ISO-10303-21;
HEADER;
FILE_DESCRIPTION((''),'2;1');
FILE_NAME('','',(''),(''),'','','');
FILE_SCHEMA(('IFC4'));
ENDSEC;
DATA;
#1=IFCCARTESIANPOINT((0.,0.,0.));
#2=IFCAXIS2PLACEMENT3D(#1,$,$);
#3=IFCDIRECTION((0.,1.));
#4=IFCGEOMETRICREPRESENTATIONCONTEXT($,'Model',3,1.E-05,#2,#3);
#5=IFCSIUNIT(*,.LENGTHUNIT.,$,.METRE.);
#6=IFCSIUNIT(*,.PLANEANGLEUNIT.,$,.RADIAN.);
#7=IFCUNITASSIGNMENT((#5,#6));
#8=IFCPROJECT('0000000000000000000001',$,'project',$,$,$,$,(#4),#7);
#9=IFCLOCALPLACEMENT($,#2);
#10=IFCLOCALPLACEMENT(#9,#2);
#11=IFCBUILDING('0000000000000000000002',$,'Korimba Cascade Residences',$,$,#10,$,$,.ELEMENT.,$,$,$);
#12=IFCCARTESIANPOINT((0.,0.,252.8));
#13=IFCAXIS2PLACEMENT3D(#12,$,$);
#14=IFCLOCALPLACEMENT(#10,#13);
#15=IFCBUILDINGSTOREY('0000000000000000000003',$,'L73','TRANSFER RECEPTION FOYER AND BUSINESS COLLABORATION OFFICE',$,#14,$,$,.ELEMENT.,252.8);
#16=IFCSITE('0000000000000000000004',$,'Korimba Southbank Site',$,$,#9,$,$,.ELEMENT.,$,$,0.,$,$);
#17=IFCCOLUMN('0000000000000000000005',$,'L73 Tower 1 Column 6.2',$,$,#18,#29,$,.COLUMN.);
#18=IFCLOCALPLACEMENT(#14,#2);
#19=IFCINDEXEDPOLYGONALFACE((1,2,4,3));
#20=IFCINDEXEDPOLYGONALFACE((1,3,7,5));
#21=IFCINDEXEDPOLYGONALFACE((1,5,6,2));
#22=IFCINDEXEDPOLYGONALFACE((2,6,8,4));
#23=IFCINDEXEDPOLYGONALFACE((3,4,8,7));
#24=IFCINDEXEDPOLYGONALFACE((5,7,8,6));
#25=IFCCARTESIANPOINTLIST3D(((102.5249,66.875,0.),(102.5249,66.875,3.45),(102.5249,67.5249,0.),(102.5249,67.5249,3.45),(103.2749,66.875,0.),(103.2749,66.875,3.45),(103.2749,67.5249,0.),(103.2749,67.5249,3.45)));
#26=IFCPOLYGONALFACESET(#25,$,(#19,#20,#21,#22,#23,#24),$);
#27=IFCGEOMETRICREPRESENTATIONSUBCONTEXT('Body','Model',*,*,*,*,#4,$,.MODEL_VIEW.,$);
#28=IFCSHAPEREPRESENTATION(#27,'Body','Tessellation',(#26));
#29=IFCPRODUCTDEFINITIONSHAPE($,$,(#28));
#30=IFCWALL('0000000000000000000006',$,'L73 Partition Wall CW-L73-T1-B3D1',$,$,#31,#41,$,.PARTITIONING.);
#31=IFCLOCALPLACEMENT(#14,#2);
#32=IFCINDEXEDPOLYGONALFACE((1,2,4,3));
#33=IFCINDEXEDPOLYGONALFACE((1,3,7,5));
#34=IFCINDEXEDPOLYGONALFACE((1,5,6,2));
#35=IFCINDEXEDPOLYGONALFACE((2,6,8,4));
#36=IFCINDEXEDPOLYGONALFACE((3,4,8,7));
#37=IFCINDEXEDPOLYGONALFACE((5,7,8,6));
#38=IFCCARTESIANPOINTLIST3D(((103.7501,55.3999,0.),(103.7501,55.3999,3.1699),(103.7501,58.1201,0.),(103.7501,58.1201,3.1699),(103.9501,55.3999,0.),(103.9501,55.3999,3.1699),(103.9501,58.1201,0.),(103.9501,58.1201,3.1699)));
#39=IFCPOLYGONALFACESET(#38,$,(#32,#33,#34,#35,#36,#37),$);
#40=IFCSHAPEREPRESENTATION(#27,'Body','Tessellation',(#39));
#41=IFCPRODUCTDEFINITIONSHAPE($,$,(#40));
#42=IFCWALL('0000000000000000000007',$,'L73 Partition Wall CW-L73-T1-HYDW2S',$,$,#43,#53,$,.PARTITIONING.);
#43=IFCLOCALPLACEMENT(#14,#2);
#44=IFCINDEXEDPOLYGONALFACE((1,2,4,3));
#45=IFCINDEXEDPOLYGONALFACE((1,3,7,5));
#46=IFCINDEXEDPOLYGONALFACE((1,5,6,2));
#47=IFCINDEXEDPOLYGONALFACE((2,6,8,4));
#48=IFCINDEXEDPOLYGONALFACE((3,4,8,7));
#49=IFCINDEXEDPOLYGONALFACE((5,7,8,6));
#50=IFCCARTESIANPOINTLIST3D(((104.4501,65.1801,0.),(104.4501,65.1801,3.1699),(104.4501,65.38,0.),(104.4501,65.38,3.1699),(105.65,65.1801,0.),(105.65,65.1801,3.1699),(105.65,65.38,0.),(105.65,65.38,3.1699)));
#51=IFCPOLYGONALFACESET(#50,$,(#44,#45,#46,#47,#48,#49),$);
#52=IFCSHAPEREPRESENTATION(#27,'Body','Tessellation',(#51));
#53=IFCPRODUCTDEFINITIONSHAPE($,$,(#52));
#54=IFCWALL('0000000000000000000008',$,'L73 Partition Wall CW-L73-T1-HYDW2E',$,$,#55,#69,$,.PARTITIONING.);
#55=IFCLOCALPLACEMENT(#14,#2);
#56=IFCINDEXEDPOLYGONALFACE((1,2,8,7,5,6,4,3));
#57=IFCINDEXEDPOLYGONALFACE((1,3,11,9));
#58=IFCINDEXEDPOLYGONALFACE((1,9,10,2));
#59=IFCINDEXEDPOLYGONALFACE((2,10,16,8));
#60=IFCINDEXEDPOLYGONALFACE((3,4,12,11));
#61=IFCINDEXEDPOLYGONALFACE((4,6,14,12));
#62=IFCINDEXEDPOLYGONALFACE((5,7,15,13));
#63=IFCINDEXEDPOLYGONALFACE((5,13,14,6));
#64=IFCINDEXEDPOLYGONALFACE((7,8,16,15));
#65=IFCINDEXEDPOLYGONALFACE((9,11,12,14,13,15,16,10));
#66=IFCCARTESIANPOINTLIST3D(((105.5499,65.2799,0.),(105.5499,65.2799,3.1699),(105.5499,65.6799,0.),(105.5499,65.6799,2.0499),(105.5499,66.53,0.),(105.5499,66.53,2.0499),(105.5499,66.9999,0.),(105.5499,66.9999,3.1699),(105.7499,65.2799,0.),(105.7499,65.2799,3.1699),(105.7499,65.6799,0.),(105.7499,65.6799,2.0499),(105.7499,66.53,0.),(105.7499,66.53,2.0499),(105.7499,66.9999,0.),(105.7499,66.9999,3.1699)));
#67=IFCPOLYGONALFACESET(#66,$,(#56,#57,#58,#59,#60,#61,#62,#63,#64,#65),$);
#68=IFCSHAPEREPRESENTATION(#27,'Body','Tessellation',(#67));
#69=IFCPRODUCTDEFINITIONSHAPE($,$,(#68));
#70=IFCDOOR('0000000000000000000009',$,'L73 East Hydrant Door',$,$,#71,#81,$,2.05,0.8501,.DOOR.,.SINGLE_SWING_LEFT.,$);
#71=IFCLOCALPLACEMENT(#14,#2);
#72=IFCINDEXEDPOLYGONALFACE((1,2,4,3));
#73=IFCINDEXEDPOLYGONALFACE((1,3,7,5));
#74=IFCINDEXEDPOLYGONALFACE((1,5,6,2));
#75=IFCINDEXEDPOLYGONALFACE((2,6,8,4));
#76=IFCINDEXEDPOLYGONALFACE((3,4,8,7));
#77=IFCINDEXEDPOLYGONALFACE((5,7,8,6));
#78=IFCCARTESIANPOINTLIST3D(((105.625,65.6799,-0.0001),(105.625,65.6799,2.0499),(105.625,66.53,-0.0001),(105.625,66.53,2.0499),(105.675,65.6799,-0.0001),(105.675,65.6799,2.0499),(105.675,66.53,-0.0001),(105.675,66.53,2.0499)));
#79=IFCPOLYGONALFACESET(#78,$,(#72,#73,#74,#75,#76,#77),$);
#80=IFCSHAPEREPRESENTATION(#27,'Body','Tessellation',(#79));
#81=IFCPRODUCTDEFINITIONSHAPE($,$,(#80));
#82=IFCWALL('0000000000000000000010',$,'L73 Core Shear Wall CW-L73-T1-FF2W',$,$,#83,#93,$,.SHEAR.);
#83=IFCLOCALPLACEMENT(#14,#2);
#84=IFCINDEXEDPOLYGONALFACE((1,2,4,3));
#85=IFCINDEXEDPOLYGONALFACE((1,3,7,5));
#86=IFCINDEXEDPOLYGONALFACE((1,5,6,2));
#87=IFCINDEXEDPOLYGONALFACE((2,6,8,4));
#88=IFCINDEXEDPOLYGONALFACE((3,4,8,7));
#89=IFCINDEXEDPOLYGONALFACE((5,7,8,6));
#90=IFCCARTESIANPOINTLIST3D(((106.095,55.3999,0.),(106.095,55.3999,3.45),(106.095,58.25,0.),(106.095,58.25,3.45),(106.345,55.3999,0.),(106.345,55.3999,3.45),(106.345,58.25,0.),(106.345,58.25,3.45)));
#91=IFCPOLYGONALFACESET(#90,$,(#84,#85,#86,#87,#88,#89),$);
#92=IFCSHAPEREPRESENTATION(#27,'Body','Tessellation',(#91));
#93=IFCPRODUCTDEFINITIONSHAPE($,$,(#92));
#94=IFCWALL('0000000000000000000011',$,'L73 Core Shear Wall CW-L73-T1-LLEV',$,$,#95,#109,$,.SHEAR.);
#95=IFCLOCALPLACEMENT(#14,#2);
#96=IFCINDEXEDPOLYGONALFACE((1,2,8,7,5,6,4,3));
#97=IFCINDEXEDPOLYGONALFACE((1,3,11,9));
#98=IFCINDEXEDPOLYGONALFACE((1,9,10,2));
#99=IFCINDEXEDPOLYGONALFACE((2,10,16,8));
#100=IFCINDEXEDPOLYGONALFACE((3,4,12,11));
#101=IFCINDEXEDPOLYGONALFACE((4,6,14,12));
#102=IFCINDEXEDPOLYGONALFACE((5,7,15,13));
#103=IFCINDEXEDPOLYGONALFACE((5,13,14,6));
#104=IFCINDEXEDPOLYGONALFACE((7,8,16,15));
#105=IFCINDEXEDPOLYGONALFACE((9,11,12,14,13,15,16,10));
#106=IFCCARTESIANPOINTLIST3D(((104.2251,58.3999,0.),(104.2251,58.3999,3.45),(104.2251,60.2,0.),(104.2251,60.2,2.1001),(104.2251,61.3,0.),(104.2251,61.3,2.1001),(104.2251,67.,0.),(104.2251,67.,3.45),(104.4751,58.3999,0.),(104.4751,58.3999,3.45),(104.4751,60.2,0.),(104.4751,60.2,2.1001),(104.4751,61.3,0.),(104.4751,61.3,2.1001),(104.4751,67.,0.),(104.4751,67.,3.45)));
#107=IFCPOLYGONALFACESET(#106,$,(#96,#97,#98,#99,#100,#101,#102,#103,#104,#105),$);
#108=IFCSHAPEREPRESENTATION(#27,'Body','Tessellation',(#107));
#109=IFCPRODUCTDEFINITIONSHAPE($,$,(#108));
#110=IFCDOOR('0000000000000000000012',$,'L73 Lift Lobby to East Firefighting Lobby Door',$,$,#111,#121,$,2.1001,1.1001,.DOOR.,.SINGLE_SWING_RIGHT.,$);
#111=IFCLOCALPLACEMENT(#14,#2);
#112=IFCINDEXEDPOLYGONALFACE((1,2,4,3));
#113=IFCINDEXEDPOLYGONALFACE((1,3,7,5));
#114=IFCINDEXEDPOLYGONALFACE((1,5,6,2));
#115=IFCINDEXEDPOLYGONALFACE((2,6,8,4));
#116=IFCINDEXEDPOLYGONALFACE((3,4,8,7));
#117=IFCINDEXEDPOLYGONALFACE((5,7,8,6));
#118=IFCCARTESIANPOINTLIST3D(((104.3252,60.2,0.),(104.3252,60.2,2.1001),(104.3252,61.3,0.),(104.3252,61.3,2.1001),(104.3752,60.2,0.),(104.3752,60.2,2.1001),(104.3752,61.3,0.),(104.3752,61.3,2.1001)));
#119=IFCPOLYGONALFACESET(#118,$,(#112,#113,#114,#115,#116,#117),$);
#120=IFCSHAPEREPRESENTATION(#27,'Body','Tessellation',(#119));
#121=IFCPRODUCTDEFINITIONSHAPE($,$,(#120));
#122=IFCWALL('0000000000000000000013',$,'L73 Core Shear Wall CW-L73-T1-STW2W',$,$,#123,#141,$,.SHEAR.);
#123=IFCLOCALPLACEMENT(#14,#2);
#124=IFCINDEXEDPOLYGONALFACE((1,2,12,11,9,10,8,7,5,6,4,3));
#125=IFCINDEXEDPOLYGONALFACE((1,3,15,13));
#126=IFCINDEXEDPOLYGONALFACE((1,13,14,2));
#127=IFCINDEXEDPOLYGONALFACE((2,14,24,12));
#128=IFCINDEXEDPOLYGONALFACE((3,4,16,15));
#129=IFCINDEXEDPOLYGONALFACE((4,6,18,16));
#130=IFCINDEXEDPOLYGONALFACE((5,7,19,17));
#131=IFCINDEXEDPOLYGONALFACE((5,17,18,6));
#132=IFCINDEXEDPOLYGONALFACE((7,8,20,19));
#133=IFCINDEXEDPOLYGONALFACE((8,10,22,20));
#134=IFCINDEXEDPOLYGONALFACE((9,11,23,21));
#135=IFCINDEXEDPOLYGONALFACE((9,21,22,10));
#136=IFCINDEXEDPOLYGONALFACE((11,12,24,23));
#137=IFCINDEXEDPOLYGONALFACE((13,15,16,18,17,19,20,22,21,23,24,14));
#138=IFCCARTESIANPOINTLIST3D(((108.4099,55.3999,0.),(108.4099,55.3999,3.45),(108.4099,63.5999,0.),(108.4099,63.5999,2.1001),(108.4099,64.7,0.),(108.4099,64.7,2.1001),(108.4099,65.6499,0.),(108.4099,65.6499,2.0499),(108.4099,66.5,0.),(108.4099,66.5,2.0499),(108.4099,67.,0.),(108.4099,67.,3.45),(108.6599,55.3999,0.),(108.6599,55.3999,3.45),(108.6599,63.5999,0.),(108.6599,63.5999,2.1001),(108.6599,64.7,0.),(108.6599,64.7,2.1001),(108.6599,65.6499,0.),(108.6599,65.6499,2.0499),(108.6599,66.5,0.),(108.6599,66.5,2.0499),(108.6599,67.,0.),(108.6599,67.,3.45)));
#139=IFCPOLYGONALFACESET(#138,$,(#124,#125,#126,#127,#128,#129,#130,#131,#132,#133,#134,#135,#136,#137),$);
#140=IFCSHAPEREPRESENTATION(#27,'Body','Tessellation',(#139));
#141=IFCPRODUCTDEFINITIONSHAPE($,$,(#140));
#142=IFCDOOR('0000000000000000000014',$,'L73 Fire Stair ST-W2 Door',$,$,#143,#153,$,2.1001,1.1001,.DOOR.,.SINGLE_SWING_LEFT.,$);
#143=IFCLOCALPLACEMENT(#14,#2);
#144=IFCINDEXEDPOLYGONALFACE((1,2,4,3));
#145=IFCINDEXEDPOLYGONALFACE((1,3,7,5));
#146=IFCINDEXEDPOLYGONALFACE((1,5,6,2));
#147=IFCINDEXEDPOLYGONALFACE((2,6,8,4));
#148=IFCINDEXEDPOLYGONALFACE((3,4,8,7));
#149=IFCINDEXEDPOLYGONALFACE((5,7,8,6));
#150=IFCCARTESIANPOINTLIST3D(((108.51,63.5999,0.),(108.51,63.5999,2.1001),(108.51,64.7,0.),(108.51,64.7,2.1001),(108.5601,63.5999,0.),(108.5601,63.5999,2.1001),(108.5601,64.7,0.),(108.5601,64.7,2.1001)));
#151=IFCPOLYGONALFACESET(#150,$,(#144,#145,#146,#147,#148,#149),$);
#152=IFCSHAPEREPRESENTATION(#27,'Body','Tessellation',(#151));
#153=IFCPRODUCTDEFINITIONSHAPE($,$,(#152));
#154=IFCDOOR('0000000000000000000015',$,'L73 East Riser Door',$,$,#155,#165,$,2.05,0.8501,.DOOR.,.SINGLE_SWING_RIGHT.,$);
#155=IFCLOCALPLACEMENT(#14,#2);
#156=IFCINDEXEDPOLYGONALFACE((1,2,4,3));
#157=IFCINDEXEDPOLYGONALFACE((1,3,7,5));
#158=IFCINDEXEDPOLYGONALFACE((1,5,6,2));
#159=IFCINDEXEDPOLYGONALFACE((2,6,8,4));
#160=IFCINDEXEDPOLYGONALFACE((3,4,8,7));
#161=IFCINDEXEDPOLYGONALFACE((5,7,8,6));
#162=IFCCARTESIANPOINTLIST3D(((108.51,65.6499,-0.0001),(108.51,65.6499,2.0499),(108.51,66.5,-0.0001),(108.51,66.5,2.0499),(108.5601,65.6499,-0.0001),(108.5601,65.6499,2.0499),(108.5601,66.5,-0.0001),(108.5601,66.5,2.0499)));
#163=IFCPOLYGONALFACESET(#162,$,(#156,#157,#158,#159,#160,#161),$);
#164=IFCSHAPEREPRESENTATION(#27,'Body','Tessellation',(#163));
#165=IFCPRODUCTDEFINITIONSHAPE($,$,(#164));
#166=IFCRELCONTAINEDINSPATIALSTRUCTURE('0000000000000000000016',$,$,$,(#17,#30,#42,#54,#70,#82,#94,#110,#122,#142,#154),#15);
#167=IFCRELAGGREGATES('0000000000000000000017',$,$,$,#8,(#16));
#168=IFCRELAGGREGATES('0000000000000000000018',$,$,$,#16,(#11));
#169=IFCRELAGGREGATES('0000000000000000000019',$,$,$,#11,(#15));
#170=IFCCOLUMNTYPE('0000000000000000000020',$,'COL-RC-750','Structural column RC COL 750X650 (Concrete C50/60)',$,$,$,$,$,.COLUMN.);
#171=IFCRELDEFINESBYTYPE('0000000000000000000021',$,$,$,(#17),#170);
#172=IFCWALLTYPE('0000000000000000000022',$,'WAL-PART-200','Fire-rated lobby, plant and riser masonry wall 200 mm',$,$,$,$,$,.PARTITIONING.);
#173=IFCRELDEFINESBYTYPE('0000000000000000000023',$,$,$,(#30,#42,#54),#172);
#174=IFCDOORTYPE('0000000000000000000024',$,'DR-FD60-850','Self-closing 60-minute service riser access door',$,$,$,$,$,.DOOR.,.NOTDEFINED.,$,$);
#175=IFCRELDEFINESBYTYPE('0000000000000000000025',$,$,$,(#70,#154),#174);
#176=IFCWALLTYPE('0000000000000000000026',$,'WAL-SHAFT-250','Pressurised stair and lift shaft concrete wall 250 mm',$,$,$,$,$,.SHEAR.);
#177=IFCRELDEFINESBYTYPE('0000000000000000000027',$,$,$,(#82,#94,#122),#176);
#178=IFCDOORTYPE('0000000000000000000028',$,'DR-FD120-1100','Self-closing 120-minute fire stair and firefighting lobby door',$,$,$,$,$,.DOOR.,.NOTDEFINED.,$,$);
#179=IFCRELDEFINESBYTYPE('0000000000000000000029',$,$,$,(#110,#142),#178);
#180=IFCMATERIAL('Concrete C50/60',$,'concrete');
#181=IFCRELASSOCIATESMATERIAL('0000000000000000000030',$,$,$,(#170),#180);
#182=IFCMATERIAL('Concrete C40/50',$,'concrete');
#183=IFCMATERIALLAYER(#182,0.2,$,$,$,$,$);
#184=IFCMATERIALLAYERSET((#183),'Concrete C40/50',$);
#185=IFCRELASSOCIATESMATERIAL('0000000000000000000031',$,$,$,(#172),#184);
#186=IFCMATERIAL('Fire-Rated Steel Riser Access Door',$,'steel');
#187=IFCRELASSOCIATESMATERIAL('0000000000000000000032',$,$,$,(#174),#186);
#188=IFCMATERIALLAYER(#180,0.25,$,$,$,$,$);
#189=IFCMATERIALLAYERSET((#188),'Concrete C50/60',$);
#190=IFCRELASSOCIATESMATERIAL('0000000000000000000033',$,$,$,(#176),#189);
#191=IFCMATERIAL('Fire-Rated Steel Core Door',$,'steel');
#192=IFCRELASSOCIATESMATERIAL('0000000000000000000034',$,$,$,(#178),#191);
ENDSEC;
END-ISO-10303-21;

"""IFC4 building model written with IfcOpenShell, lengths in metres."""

from ifc_helpers import new_model, si_unit, direction, frame, frame_2d, origin, origin_2d, place, context, subcontext, project, spatial, rectangle, extrude, material, layer, layer_set, material_profile, profile_set, type_object, element, fill, save


model = new_model("IFC4")

# Units and contexts
model_context = context("Model", 3, precision=1e-05, world=origin(), true_north=direction((0.0, 1.0)))
body_context = subcontext(model_context, "Body", "Model", "MODEL_VIEW")
ifc_project = project(units=[si_unit("LENGTHUNIT", "METRE"), si_unit("PLANEANGLEUNIT", "RADIAN")], contexts=[model_context])

# Site, building, storey
site_placement = place(None, origin())
site = spatial("IfcSite", under=ifc_project, at=site_placement, Name="Korimba Southbank Site", CompositionType="ELEMENT", RefElevation=0.0)
building_placement = place(site_placement, origin())
building = spatial("IfcBuilding", under=site, at=building_placement, Name="Korimba Cascade Residences", CompositionType="ELEMENT")
storey_placement = place(building_placement, frame((0.0, 0.0, 252.8)))
storey = spatial("IfcBuildingStorey", under=building, at=storey_placement, Name="L73", Description="TRANSFER RECEPTION FOYER AND BUSINESS COLLABORATION OFFICE", CompositionType="ELEMENT", Elevation=252.8)

# Column
ifc_material_1 = material(Name="Concrete C50/60", Category="concrete")
ifc_material_profile = material_profile(ifc_material_1, rectangle(XDim=0.75, YDim=0.6499, at=origin_2d()), Name="Concrete C50/60")
ifc_profile_set = profile_set([ifc_material_profile], Name="Concrete C50/60")
column_type = type_object("IfcColumnType", Name="COL-RC-750", Description="Structural column RC COL 750X650 (Concrete C50/60)", PredefinedType="COLUMN", material=ifc_profile_set)
column_placement = place(storey_placement, frame((102.8999, 67.2, 0.0), z_axis=(0.0, 0.0, 1.0), x_axis=(1.0, 0.0, 0.0)))
element("IfcColumn", 1, at=column_placement, inside=storey, type_object=column_type, Name="L73 Tower 1 Column 6.2", PredefinedType="COLUMN", context=body_context, shape_type="SweptSolid", body=[
    extrude(rectangle(XDim=0.75, YDim=0.6499, at=origin_2d()), origin(), (0.0, 0.0, 1.0), 3.45),
])

# Walls
ifc_material_2 = material(Name="Concrete C40/50", Category="concrete")
ifc_layer_1 = layer(ifc_material_2, 0.2)
ifc_layer_set_1 = layer_set([ifc_layer_1], Name="Concrete C40/50")
wall_type_1 = type_object("IfcWallType", Name="WAL-PART-200", Description="Fire-rated lobby, plant and riser masonry wall 200 mm", PredefinedType="PARTITIONING", material=ifc_layer_set_1)
wall_1_placement = place(storey_placement, frame((103.8501, 55.3999, 0.0), z_axis=(0.0, 0.0, 1.0), x_axis=(0.0, 1.0, 0.0)))
element("IfcWall", 2, at=wall_1_placement, inside=storey, type_object=wall_type_1, Name="L73 Partition Wall CW-L73-T1-B3D1", PredefinedType="PARTITIONING", context=body_context, shape_type="SweptSolid", body=[
    extrude(rectangle(XDim=2.7202, YDim=0.2, at=frame_2d((1.3601, 0.0))), origin(), (0.0, 0.0, 1.0), 3.1699),
])
wall_2_placement = place(storey_placement, frame((104.45, 65.28, 0.0), z_axis=(0.0, 0.0, 1.0), x_axis=(1.0, 0.0, 0.0)))
element("IfcWall", 3, at=wall_2_placement, inside=storey, type_object=wall_type_1, Name="L73 Partition Wall CW-L73-T1-HYDW2S", PredefinedType="PARTITIONING", context=body_context, shape_type="SweptSolid", body=[
    extrude(rectangle(XDim=1.2, YDim=0.2, at=frame_2d((0.6001, 0.0))), origin(), (0.0, 0.0, 1.0), 3.1699),
])

# Wall, opening, door
wall_3_placement = place(storey_placement, frame((105.6499, 65.28, 0.0), z_axis=(0.0, 0.0, 1.0), x_axis=(0.0, 1.0, 0.0)))
wall_3 = element("IfcWall", 4, at=wall_3_placement, inside=storey, type_object=wall_type_1, Name="L73 Partition Wall CW-L73-T1-HYDW2E", PredefinedType="PARTITIONING", context=body_context, shape_type="SweptSolid", body=[
    extrude(rectangle(XDim=1.72, YDim=0.2, at=frame_2d((0.8599, 0.0))), origin(), (0.0, 0.0, 1.0), 3.1699),
])
opening_1_placement = place(wall_3_placement, frame((0.3999, 0.0, 0.0)))
opening_1 = element("IfcOpeningElement", 5, at=opening_1_placement, cuts=wall_3, PredefinedType="OPENING", context=body_context, shape_type="SweptSolid", body=[
    extrude(rectangle(XDim=0.8501, YDim=2.05, at=frame_2d((0.425, 1.0249))), frame((0.0, 0.1099, 0.0), z_axis=(0.0, -1.0, 0.0), x_axis=(1.0, 0.0, 0.0)), (0.0, 0.0, 1.0), 0.22),
])
ifc_material_3 = material(Name="Fire-Rated Steel Riser Access Door", Category="steel")
door_type_1 = type_object("IfcDoorType", Name="DR-FD60-850", Description="Self-closing 60-minute service riser access door", OperationType="NOTDEFINED", PredefinedType="DOOR", material=ifc_material_3)
door_1_placement = place(opening_1_placement, origin())
door_1 = element("IfcDoor", 6, at=door_1_placement, inside=storey, type_object=door_type_1, Name="L73 East Hydrant Door", OperationType="SINGLE_SWING_LEFT", OverallHeight=2.05, OverallWidth=0.8501, PredefinedType="DOOR", context=body_context, shape_type="SweptSolid", body=[
    extrude(rectangle(XDim=0.8501, YDim=2.05, at=frame_2d((0.425, 1.0249))), frame((0.0, 0.0249, 0.0), z_axis=(0.0, -1.0, 0.0), x_axis=(1.0, 0.0, 0.0)), (0.0, 0.0, 1.0), 0.05),
])
fill(opening_1, door_1)

# Wall
ifc_layer_2 = layer(ifc_material_1, 0.25)
ifc_layer_set_2 = layer_set([ifc_layer_2], Name="Concrete C50/60")
wall_type_2 = type_object("IfcWallType", Name="WAL-SHAFT-250", Description="Pressurised stair and lift shaft concrete wall 250 mm", PredefinedType="SHEAR", material=ifc_layer_set_2)
wall_4_placement = place(storey_placement, frame((106.22, 55.3999, 0.0), z_axis=(0.0, 0.0, 1.0), x_axis=(0.0, 1.0, 0.0)))
element("IfcWall", 7, at=wall_4_placement, inside=storey, type_object=wall_type_2, Name="L73 Core Shear Wall CW-L73-T1-FF2W", PredefinedType="SHEAR", context=body_context, shape_type="SweptSolid", body=[
    extrude(rectangle(XDim=2.8501, YDim=0.25, at=frame_2d((1.425, 0.0))), origin(), (0.0, 0.0, 1.0), 3.45),
])

# Wall, opening, door
wall_5_placement = place(storey_placement, frame((104.3501, 58.3999, 0.0), z_axis=(0.0, 0.0, 1.0), x_axis=(0.0, 1.0, 0.0)))
wall_5 = element("IfcWall", 8, at=wall_5_placement, inside=storey, type_object=wall_type_2, Name="L73 Core Shear Wall CW-L73-T1-LLEV", PredefinedType="SHEAR", context=body_context, shape_type="SweptSolid", body=[
    extrude(rectangle(XDim=8.6001, YDim=0.25, at=frame_2d((4.3, 0.0))), origin(), (0.0, 0.0, 1.0), 3.45),
])
opening_2_placement = place(wall_5_placement, frame((1.8, 0.0, 0.0)))
opening_2 = element("IfcOpeningElement", 9, at=opening_2_placement, cuts=wall_5, PredefinedType="OPENING", context=body_context, shape_type="SweptSolid", body=[
    extrude(rectangle(XDim=1.1001, YDim=2.1001, at=frame_2d((0.55, 1.05))), frame((0.0, 0.135, 0.0), z_axis=(0.0, -1.0, 0.0), x_axis=(1.0, 0.0, 0.0)), (0.0, 0.0, 1.0), 0.27),
])
ifc_material_4 = material(Name="Fire-Rated Steel Core Door", Category="steel")
door_type_2 = type_object("IfcDoorType", Name="DR-FD120-1100", Description="Self-closing 120-minute fire stair and firefighting lobby door", OperationType="NOTDEFINED", PredefinedType="DOOR", material=ifc_material_4)
door_2_placement = place(opening_2_placement, origin())
door_2 = element("IfcDoor", 10, at=door_2_placement, inside=storey, type_object=door_type_2, Name="L73 Lift Lobby to East Firefighting Lobby Door", OperationType="SINGLE_SWING_RIGHT", OverallHeight=2.1001, OverallWidth=1.1001, PredefinedType="DOOR", context=body_context, shape_type="SweptSolid", body=[
    extrude(rectangle(XDim=1.1001, YDim=2.1001, at=frame_2d((0.55, 1.05))), frame((0.0, 0.0249, 0.0), z_axis=(0.0, -1.0, 0.0), x_axis=(1.0, 0.0, 0.0)), (0.0, 0.0, 1.0), 0.05),
])
fill(opening_2, door_2)

# Wall, openings, doors
wall_6_placement = place(storey_placement, frame((108.5349, 55.3999, 0.0), z_axis=(0.0, 0.0, 1.0), x_axis=(0.0, 1.0, 0.0)))
wall_6 = element("IfcWall", 11, at=wall_6_placement, inside=storey, type_object=wall_type_2, Name="L73 Core Shear Wall CW-L73-T1-STW2W", PredefinedType="SHEAR", context=body_context, shape_type="SweptSolid", body=[
    extrude(rectangle(XDim=11.6001, YDim=0.25, at=frame_2d((5.8, 0.0))), origin(), (0.0, 0.0, 1.0), 3.45),
])
opening_3_placement = place(wall_6_placement, frame((8.2, 0.0, 0.0)))
opening_3 = element("IfcOpeningElement", 12, at=opening_3_placement, cuts=wall_6, PredefinedType="OPENING", context=body_context, shape_type="SweptSolid", body=[
    extrude(rectangle(XDim=1.1001, YDim=2.1001, at=frame_2d((0.55, 1.05))), frame((0.0, 0.135, 0.0), z_axis=(0.0, -1.0, 0.0), x_axis=(1.0, 0.0, 0.0)), (0.0, 0.0, 1.0), 0.27),
])
opening_4_placement = place(wall_6_placement, frame((10.25, 0.0, 0.0)))
opening_4 = element("IfcOpeningElement", 13, at=opening_4_placement, cuts=wall_6, PredefinedType="OPENING", context=body_context, shape_type="SweptSolid", body=[
    extrude(rectangle(XDim=0.8501, YDim=2.05, at=frame_2d((0.425, 1.0249))), frame((0.0, 0.135, 0.0), z_axis=(0.0, -1.0, 0.0), x_axis=(1.0, 0.0, 0.0)), (0.0, 0.0, 1.0), 0.27),
])
door_3_placement = place(opening_3_placement, origin())
door_3 = element("IfcDoor", 14, at=door_3_placement, inside=storey, type_object=door_type_2, Name="L73 Fire Stair ST-W2 Door", OperationType="SINGLE_SWING_LEFT", OverallHeight=2.1001, OverallWidth=1.1001, PredefinedType="DOOR", context=body_context, shape_type="SweptSolid", body=[
    extrude(rectangle(XDim=1.1001, YDim=2.1001, at=frame_2d((0.55, 1.05))), frame((0.0, 0.0249, 0.0), z_axis=(0.0, -1.0, 0.0), x_axis=(1.0, 0.0, 0.0)), (0.0, 0.0, 1.0), 0.05),
])
fill(opening_3, door_3)
door_4_placement = place(opening_4_placement, origin())
door_4 = element("IfcDoor", 15, at=door_4_placement, inside=storey, type_object=door_type_1, Name="L73 East Riser Door", OperationType="SINGLE_SWING_RIGHT", OverallHeight=2.05, OverallWidth=0.8501, PredefinedType="DOOR", context=body_context, shape_type="SweptSolid", body=[
    extrude(rectangle(XDim=0.8501, YDim=2.05, at=frame_2d((0.425, 1.0249))), frame((0.0, 0.0249, 0.0), z_axis=(0.0, -1.0, 0.0), x_axis=(1.0, 0.0, 0.0)), (0.0, 0.0, 1.0), 0.05),
])
fill(opening_4, door_4)

save(model, "model.ifc")
